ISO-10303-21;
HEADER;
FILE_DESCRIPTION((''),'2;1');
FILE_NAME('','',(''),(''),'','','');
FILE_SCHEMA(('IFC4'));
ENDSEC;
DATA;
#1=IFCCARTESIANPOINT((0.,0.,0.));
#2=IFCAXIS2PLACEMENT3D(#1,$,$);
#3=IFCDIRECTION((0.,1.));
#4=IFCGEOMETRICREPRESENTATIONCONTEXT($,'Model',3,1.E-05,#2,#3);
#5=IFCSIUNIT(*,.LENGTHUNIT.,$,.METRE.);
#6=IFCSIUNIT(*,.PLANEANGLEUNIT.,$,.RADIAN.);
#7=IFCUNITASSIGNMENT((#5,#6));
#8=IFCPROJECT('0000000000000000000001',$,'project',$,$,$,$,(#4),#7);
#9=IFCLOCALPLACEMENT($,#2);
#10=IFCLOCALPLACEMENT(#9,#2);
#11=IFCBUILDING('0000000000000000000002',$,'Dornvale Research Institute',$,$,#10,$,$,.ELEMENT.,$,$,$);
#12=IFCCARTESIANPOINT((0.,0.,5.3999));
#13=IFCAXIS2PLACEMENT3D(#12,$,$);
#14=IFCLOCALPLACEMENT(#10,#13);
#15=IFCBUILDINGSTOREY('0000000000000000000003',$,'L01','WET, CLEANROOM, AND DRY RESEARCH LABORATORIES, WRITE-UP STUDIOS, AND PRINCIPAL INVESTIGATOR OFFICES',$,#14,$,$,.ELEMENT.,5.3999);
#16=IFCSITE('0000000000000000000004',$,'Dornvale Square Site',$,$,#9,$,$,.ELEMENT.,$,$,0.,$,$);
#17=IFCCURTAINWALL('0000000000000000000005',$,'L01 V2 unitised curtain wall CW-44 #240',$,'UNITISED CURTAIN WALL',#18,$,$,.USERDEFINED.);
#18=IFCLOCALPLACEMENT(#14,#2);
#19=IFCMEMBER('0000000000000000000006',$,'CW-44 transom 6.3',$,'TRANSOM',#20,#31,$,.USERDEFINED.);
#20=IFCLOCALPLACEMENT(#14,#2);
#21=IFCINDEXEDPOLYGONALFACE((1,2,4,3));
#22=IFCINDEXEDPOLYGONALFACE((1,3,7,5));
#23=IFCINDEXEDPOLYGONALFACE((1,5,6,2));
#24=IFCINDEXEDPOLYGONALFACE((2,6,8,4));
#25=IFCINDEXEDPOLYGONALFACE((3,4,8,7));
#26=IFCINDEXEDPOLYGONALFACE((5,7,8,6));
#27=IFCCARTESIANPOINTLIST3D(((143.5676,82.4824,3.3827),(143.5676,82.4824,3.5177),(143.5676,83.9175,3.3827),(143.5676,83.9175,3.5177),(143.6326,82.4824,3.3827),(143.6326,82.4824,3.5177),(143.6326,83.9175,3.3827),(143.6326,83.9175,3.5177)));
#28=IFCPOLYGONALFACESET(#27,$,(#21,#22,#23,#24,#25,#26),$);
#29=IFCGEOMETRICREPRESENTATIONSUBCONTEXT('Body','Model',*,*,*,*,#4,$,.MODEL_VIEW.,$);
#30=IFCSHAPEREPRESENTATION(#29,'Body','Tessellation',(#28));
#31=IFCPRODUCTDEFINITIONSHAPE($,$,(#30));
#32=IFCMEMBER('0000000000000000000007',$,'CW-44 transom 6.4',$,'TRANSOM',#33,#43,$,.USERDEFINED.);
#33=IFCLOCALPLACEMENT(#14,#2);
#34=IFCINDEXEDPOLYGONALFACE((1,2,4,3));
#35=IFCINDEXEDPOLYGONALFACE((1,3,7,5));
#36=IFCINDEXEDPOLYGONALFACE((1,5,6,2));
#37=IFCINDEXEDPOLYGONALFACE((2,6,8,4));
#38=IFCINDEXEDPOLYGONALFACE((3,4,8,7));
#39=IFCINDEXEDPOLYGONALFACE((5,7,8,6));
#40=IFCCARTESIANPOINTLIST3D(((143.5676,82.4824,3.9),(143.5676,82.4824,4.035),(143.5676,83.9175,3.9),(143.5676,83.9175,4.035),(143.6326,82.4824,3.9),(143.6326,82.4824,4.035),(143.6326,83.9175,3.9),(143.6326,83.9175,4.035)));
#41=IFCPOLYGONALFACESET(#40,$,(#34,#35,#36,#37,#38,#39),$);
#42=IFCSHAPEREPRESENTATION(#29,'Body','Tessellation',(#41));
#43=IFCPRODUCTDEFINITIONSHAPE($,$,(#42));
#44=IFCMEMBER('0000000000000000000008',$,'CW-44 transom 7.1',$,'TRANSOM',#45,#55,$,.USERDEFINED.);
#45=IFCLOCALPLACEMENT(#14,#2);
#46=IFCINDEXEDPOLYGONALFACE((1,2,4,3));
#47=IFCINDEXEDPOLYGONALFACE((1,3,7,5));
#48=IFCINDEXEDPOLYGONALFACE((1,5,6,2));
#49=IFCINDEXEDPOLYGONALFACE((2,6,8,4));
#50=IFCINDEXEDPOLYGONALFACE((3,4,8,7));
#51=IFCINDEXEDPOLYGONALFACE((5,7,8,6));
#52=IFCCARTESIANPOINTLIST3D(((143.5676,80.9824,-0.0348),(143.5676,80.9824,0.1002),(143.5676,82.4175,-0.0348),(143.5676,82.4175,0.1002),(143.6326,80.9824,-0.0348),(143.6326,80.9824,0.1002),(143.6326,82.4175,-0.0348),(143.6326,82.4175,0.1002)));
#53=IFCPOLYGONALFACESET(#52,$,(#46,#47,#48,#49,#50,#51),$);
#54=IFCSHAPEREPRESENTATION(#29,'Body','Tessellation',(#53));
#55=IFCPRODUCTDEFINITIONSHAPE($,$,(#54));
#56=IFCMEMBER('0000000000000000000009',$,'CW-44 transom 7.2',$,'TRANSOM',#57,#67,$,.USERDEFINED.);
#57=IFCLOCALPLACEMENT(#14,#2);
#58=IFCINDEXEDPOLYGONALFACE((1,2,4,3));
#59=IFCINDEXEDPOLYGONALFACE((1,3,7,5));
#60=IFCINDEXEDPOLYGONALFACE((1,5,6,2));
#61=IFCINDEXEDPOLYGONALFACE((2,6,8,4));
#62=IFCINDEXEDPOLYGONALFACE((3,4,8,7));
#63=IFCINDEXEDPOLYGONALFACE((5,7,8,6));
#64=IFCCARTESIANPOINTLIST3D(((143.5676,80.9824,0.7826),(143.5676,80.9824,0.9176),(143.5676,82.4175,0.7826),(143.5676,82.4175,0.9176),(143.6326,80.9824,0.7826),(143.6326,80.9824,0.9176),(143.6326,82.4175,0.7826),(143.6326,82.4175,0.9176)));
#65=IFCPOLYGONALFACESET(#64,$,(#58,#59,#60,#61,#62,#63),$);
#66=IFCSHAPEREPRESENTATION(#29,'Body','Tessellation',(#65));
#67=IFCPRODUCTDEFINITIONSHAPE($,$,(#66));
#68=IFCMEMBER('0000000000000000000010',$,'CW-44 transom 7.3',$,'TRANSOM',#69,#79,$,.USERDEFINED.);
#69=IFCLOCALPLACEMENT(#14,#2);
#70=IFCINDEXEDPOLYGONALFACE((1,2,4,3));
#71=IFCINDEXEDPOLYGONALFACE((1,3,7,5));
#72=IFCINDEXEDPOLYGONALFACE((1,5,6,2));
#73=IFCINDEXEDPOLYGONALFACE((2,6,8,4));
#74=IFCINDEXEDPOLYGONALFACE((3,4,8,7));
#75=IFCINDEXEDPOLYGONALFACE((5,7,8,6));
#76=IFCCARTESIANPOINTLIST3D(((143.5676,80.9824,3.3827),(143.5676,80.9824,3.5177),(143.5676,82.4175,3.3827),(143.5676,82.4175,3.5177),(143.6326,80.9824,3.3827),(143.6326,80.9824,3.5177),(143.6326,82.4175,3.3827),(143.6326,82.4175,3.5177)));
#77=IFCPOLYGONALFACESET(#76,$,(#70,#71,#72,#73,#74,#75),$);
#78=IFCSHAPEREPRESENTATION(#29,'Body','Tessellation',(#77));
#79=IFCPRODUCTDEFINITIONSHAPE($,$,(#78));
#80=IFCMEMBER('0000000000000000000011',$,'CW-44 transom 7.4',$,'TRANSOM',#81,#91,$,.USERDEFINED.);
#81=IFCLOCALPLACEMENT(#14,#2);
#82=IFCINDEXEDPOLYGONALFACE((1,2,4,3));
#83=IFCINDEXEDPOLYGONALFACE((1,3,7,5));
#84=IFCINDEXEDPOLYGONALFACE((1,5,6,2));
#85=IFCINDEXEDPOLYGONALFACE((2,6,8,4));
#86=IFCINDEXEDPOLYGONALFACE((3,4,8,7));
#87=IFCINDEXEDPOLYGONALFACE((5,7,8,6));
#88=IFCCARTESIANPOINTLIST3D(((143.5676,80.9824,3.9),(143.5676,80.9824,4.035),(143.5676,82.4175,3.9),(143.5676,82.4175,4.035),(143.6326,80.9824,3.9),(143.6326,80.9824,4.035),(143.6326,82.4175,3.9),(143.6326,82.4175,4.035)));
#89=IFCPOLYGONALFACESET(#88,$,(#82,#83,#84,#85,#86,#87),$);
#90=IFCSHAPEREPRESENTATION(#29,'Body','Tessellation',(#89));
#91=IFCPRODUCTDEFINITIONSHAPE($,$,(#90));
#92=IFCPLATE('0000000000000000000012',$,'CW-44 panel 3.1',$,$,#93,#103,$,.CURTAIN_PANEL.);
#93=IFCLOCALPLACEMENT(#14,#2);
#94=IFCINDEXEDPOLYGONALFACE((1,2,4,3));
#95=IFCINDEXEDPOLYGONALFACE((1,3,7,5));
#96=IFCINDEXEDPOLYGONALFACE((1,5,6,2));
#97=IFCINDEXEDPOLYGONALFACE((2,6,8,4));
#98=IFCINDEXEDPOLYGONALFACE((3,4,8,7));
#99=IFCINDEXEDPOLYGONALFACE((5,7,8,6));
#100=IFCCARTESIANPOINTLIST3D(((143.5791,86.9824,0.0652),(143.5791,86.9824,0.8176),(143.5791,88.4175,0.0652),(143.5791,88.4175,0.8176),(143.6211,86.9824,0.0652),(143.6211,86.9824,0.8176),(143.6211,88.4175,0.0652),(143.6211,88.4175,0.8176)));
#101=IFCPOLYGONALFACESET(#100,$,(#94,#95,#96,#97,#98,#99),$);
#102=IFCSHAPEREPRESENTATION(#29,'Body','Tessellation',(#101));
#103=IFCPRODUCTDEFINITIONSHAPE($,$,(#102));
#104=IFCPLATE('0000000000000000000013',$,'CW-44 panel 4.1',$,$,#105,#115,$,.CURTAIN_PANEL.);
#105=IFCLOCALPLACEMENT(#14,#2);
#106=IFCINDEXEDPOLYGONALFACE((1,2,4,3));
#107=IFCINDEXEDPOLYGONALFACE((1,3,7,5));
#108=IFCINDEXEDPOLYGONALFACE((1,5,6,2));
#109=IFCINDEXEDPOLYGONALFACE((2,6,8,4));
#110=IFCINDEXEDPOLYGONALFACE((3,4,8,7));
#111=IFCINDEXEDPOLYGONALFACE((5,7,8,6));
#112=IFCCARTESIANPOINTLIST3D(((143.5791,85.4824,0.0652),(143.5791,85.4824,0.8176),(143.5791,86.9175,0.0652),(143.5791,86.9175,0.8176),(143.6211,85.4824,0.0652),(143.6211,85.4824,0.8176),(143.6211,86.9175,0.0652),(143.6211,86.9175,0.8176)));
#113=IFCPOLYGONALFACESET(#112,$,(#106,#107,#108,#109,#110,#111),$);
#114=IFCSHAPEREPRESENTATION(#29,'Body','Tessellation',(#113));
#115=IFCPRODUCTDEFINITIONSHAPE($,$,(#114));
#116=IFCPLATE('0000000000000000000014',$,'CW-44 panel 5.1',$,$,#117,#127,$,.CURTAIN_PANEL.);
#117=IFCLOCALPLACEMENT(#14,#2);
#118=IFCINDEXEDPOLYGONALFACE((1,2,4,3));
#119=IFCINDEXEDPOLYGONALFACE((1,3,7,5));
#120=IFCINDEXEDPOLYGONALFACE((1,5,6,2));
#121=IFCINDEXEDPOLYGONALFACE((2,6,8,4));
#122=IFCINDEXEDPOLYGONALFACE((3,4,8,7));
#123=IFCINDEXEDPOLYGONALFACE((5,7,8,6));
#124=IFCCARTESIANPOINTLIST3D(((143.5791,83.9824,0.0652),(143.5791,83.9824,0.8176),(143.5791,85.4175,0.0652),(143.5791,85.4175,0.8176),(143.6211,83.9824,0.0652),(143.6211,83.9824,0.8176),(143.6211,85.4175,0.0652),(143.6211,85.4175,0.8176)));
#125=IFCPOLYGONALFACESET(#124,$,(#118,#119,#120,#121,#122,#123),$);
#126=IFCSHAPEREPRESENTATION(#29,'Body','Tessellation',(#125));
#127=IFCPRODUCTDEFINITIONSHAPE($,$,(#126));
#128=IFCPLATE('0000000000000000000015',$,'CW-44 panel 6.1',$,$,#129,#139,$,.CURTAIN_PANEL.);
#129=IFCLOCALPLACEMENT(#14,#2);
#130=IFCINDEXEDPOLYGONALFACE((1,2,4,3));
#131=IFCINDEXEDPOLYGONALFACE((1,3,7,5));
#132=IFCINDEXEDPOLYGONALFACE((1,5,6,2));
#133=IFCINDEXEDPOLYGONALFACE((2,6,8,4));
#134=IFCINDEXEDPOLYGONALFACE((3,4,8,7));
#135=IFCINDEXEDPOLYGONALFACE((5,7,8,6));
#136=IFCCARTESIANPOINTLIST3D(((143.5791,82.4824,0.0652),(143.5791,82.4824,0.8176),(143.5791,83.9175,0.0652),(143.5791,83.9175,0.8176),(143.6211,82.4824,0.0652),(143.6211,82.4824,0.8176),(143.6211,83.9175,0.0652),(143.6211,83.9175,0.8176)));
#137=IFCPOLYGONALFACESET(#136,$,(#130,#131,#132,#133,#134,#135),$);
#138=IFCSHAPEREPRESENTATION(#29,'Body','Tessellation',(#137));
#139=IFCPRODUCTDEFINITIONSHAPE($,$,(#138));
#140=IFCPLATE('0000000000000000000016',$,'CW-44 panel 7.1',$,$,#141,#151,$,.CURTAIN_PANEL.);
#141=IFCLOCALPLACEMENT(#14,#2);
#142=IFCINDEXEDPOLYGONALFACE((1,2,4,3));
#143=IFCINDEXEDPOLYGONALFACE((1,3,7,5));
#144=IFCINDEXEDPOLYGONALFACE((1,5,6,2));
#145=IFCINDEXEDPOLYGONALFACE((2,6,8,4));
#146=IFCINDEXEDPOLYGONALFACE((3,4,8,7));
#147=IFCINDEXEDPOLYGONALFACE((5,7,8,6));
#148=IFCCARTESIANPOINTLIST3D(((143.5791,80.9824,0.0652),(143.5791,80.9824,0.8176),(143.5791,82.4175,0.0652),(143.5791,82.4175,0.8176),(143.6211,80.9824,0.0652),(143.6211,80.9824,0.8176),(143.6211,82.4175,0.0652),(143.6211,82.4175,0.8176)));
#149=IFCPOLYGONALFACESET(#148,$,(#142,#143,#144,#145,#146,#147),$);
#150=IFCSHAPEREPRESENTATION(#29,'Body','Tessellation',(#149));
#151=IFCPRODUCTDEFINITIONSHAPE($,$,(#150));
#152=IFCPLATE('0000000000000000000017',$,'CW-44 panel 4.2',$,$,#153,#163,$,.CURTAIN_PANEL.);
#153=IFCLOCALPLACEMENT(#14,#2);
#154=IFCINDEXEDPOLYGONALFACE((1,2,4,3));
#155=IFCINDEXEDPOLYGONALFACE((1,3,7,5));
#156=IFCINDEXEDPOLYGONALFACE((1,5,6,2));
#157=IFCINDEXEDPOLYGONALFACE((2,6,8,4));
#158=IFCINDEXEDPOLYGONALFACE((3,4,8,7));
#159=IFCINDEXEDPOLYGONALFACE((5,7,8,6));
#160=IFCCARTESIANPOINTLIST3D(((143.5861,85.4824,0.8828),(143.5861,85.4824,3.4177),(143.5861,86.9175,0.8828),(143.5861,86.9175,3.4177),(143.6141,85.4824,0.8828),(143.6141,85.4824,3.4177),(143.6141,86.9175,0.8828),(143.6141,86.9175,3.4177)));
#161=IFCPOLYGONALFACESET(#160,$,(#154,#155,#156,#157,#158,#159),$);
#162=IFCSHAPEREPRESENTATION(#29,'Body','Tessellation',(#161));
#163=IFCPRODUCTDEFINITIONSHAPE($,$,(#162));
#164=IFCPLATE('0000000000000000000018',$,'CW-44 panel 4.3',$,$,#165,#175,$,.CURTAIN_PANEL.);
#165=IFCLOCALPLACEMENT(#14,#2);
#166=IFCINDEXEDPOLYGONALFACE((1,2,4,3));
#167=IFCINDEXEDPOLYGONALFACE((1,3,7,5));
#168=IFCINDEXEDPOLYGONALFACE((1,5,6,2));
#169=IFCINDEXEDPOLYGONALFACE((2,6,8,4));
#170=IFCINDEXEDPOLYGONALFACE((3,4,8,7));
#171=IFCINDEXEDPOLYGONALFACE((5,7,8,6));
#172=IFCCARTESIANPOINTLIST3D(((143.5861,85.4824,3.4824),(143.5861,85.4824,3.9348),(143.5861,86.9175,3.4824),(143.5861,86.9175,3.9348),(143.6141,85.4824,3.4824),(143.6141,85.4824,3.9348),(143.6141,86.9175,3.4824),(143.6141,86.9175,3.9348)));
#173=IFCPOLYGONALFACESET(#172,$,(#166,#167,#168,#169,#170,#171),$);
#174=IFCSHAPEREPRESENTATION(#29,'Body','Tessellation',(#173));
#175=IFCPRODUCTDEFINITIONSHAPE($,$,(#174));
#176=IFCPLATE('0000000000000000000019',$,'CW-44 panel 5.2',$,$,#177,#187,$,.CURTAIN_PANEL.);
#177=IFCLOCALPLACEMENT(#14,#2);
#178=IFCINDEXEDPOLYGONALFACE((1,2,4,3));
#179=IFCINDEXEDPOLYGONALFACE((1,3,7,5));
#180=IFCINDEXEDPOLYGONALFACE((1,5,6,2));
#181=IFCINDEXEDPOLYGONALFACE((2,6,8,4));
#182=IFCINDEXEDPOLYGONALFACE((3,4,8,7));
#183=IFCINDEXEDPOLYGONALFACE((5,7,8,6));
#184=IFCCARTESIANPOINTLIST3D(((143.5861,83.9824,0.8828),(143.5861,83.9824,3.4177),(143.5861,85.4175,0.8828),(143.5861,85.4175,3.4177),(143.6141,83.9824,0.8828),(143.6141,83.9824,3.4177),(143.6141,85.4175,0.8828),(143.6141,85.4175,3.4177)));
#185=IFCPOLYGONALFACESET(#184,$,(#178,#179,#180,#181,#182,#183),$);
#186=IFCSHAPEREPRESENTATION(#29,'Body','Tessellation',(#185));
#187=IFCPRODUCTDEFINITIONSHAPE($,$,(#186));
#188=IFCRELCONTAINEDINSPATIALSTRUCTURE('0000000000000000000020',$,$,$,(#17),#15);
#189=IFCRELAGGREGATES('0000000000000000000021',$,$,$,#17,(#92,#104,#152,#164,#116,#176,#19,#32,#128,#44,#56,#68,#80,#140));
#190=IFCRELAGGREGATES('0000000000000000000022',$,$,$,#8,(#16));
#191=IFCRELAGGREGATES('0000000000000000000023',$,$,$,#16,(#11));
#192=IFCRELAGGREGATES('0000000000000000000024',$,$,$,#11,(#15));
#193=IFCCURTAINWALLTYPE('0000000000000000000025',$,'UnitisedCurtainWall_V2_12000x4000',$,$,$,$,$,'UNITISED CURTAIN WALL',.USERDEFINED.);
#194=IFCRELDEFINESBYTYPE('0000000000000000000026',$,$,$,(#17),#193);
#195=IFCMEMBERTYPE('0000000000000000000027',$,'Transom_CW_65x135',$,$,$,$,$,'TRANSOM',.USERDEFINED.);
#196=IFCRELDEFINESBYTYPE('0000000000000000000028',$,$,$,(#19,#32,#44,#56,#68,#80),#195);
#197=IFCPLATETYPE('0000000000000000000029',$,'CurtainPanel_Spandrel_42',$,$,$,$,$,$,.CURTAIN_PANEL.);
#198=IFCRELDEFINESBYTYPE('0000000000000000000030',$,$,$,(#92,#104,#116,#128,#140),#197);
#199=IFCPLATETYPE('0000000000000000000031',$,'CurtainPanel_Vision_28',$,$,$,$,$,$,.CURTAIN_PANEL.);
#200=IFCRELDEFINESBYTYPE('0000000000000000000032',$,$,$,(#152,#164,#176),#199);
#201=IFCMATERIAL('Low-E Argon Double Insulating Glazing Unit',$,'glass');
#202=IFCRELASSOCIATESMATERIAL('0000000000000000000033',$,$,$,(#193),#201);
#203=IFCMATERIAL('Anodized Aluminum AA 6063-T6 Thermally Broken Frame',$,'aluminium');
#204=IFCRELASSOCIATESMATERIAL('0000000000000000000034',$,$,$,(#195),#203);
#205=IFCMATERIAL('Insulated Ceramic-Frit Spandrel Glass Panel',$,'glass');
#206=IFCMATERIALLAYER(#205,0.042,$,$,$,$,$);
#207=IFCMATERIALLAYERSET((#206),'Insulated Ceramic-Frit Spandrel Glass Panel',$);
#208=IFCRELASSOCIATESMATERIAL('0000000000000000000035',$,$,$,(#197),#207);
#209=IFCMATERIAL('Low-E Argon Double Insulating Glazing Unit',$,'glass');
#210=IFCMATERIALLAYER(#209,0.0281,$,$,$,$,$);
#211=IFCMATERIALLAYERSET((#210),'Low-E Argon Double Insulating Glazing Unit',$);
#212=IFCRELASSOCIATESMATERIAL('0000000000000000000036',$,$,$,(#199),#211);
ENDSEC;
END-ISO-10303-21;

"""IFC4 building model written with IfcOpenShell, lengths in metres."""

from ifc_helpers import new_model, si_unit, direction, frame, origin, origin_2d, place, context, subcontext, project, spatial, rectangle, extrude, material, layer, layer_set, material_profile, profile_set, type_object, element, aggregate, save


model = new_model("IFC4")

# Units and contexts
model_context = context("Model", 3, precision=1e-05, world=origin(), true_north=direction((0.0, 1.0)))
body_context = subcontext(model_context, "Body", "Model", "MODEL_VIEW")
ifc_project = project(units=[si_unit("LENGTHUNIT", "METRE"), si_unit("PLANEANGLEUNIT", "RADIAN")], contexts=[model_context])

# Site, building, storey
site_placement = place(None, origin())
site = spatial("IfcSite", under=ifc_project, at=site_placement, Name="Dornvale Square Site", CompositionType="ELEMENT", RefElevation=0.0)
building_placement = place(site_placement, origin())
building = spatial("IfcBuilding", under=site, at=building_placement, Name="Dornvale Research Institute", CompositionType="ELEMENT")
storey_placement = place(building_placement, frame((0.0, 0.0, 5.3999)))
storey = spatial("IfcBuildingStorey", under=building, at=storey_placement, Name="L01", Description="WET, CLEANROOM, AND DRY RESEARCH LABORATORIES, WRITE-UP STUDIOS, AND PRINCIPAL INVESTIGATOR OFFICES", CompositionType="ELEMENT", Elevation=5.3999)

# Curtain wall, members, plates
ifc_material_1 = material(Name="Low-E Argon Double Insulating Glazing Unit", Category="glass")
curtain_wall_type = type_object("IfcCurtainWallType", Name="UnitisedCurtainWall_V2_12000x4000", ElementType="UNITISED CURTAIN WALL", PredefinedType="USERDEFINED", material=ifc_material_1)
curtain_wall_placement = place(storey_placement, origin())
curtain_wall = element("IfcCurtainWall", 1, at=curtain_wall_placement, inside=storey, type_object=curtain_wall_type, Name="L01 V2 unitised curtain wall CW-44 #240", ObjectType="UNITISED CURTAIN WALL", PredefinedType="USERDEFINED")
ifc_material_2 = material(Name="Anodized Aluminum AA 6063-T6 Thermally Broken Frame", Category="aluminium")
ifc_material_profile_1 = material_profile(ifc_material_2, rectangle(XDim=0.0649, YDim=0.135, at=origin_2d()), Name="ALU TRANSOM 65x135")
ifc_profile_set_1 = profile_set([ifc_material_profile_1], Name="Anodized Aluminum AA 6063-T6 Thermally Broken Frame")
member_type_1 = type_object("IfcMemberType", Name="Transom_CW_65x135", ElementType="TRANSOM", PredefinedType="USERDEFINED", material=ifc_profile_set_1)
member_1_placement = place(storey_placement, frame((143.6001, 83.9175, 3.4502), z_axis=(0.0, -1.0, 0.0), x_axis=(1.0, 0.0, 0.0)))
member_1 = element("IfcMember", 2, at=member_1_placement, type_object=member_type_1, Name="CW-44 transom 6.3", ObjectType="TRANSOM", PredefinedType="USERDEFINED", context=body_context, shape_type="SweptSolid", body=[
    extrude(rectangle(XDim=0.0649, YDim=0.135, at=origin_2d()), origin(), (0.0, 0.0, 1.0), 1.4351),
])
member_2_placement = place(storey_placement, frame((143.6001, 83.9175, 3.9675), z_axis=(0.0, -1.0, 0.0), x_axis=(1.0, 0.0, 0.0)))
member_2 = element("IfcMember", 3, at=member_2_placement, type_object=member_type_1, Name="CW-44 transom 6.4", ObjectType="TRANSOM", PredefinedType="USERDEFINED", context=body_context, shape_type="SweptSolid", body=[
    extrude(rectangle(XDim=0.0649, YDim=0.135, at=origin_2d()), origin(), (0.0, 0.0, 1.0), 1.4351),
])
member_3_placement = place(storey_placement, frame((143.6001, 82.4175, 0.0327), z_axis=(0.0, -1.0, 0.0), x_axis=(1.0, 0.0, 0.0)))
member_3 = element("IfcMember", 4, at=member_3_placement, type_object=member_type_1, Name="CW-44 transom 7.1", ObjectType="TRANSOM", PredefinedType="USERDEFINED", context=body_context, shape_type="SweptSolid", body=[
    extrude(rectangle(XDim=0.0649, YDim=0.135, at=origin_2d()), origin(), (0.0, 0.0, 1.0), 1.4351),
])
member_4_placement = place(storey_placement, frame((143.6001, 82.4175, 0.8501), z_axis=(0.0, -1.0, 0.0), x_axis=(1.0, 0.0, 0.0)))
member_4 = element("IfcMember", 5, at=member_4_placement, type_object=member_type_1, Name="CW-44 transom 7.2", ObjectType="TRANSOM", PredefinedType="USERDEFINED", context=body_context, shape_type="SweptSolid", body=[
    extrude(rectangle(XDim=0.0649, YDim=0.135, at=origin_2d()), origin(), (0.0, 0.0, 1.0), 1.4351),
])
member_5_placement = place(storey_placement, frame((143.6001, 82.4175, 3.4502), z_axis=(0.0, -1.0, 0.0), x_axis=(1.0, 0.0, 0.0)))
member_5 = element("IfcMember", 6, at=member_5_placement, type_object=member_type_1, Name="CW-44 transom 7.3", ObjectType="TRANSOM", PredefinedType="USERDEFINED", context=body_context, shape_type="SweptSolid", body=[
    extrude(rectangle(XDim=0.0649, YDim=0.135, at=origin_2d()), origin(), (0.0, 0.0, 1.0), 1.4351),
])
member_6_placement = place(storey_placement, frame((143.6001, 82.4175, 3.9675), z_axis=(0.0, -1.0, 0.0), x_axis=(1.0, 0.0, 0.0)))
member_6 = element("IfcMember", 7, at=member_6_placement, type_object=member_type_1, Name="CW-44 transom 7.4", ObjectType="TRANSOM", PredefinedType="USERDEFINED", context=body_context, shape_type="SweptSolid", body=[
    extrude(rectangle(XDim=0.0649, YDim=0.135, at=origin_2d()), origin(), (0.0, 0.0, 1.0), 1.4351),
])
ifc_material_3 = material(Name="Insulated Ceramic-Frit Spandrel Glass Panel", Category="glass")
ifc_layer_1 = layer(ifc_material_3, 0.042)
ifc_layer_set_1 = layer_set([ifc_layer_1], Name="Insulated Ceramic-Frit Spandrel Glass Panel")
plate_type_1 = type_object("IfcPlateType", Name="CurtainPanel_Spandrel_42", PredefinedType="CURTAIN_PANEL", material=ifc_layer_set_1)
plate_1_placement = place(storey_placement, frame((143.6001, 87.7, 0.0652), z_axis=(0.0, 0.0, 1.0), x_axis=(0.0, -1.0, 0.0)))
plate_1 = element("IfcPlate", 8, at=plate_1_placement, type_object=plate_type_1, Name="CW-44 panel 3.1", PredefinedType="CURTAIN_PANEL", context=body_context, shape_type="SweptSolid", body=[
    extrude(rectangle(XDim=1.4351, YDim=0.042, at=origin_2d()), origin(), (0.0, 0.0, 1.0), 0.7524),
])
plate_2_placement = place(storey_placement, frame((143.6001, 86.2, 0.0652), z_axis=(0.0, 0.0, 1.0), x_axis=(0.0, -1.0, 0.0)))
plate_2 = element("IfcPlate", 9, at=plate_2_placement, type_object=plate_type_1, Name="CW-44 panel 4.1", PredefinedType="CURTAIN_PANEL", context=body_context, shape_type="SweptSolid", body=[
    extrude(rectangle(XDim=1.4351, YDim=0.042, at=origin_2d()), origin(), (0.0, 0.0, 1.0), 0.7524),
])
plate_3_placement = place(storey_placement, frame((143.6001, 84.7, 0.0652), z_axis=(0.0, 0.0, 1.0), x_axis=(0.0, -1.0, 0.0)))
plate_3 = element("IfcPlate", 10, at=plate_3_placement, type_object=plate_type_1, Name="CW-44 panel 5.1", PredefinedType="CURTAIN_PANEL", context=body_context, shape_type="SweptSolid", body=[
    extrude(rectangle(XDim=1.4351, YDim=0.042, at=origin_2d()), origin(), (0.0, 0.0, 1.0), 0.7524),
])
plate_4_placement = place(storey_placement, frame((143.6001, 83.2, 0.0652), z_axis=(0.0, 0.0, 1.0), x_axis=(0.0, -1.0, 0.0)))
plate_4 = element("IfcPlate", 11, at=plate_4_placement, type_object=plate_type_1, Name="CW-44 panel 6.1", PredefinedType="CURTAIN_PANEL", context=body_context, shape_type="SweptSolid", body=[
    extrude(rectangle(XDim=1.4351, YDim=0.042, at=origin_2d()), origin(), (0.0, 0.0, 1.0), 0.7524),
])
plate_5_placement = place(storey_placement, frame((143.6001, 81.7, 0.0652), z_axis=(0.0, 0.0, 1.0), x_axis=(0.0, -1.0, 0.0)))
plate_5 = element("IfcPlate", 12, at=plate_5_placement, type_object=plate_type_1, Name="CW-44 panel 7.1", PredefinedType="CURTAIN_PANEL", context=body_context, shape_type="SweptSolid", body=[
    extrude(rectangle(XDim=1.4351, YDim=0.042, at=origin_2d()), origin(), (0.0, 0.0, 1.0), 0.7524),
])
ifc_material_4 = material(Name="Low-E Argon Double Insulating Glazing Unit", Category="glass")
ifc_layer_2 = layer(ifc_material_4, 0.0281)
ifc_layer_set_2 = layer_set([ifc_layer_2], Name="Low-E Argon Double Insulating Glazing Unit")
plate_type_2 = type_object("IfcPlateType", Name="CurtainPanel_Vision_28", PredefinedType="CURTAIN_PANEL", material=ifc_layer_set_2)
plate_6_placement = place(storey_placement, frame((143.6001, 86.2, 0.8828), z_axis=(0.0, 0.0, 1.0), x_axis=(0.0, -1.0, 0.0)))
plate_6 = element("IfcPlate", 13, at=plate_6_placement, type_object=plate_type_2, Name="CW-44 panel 4.2", PredefinedType="CURTAIN_PANEL", context=body_context, shape_type="SweptSolid", body=[
    extrude(rectangle(XDim=1.4351, YDim=0.0281, at=origin_2d()), origin(), (0.0, 0.0, 1.0), 2.5349),
])
plate_7_placement = place(storey_placement, frame((143.6001, 86.2, 3.4824), z_axis=(0.0, 0.0, 1.0), x_axis=(0.0, -1.0, 0.0)))
plate_7 = element("IfcPlate", 14, at=plate_7_placement, type_object=plate_type_2, Name="CW-44 panel 4.3", PredefinedType="CURTAIN_PANEL", context=body_context, shape_type="SweptSolid", body=[
    extrude(rectangle(XDim=1.4351, YDim=0.0281, at=origin_2d()), origin(), (0.0, 0.0, 1.0), 0.4524),
])
plate_8_placement = place(storey_placement, frame((143.6001, 84.7, 0.8828), z_axis=(0.0, 0.0, 1.0), x_axis=(0.0, -1.0, 0.0)))
plate_8 = element("IfcPlate", 15, at=plate_8_placement, type_object=plate_type_2, Name="CW-44 panel 5.2", PredefinedType="CURTAIN_PANEL", context=body_context, shape_type="SweptSolid", body=[
    extrude(rectangle(XDim=1.4351, YDim=0.0281, at=origin_2d()), origin(), (0.0, 0.0, 1.0), 2.5349),
])
aggregate(curtain_wall, [plate_1, plate_2, plate_6, plate_7, plate_3, plate_8, member_1, member_2, plate_4, member_3, member_4, member_5, member_6, plate_5])

save(model, "model.ifc")
